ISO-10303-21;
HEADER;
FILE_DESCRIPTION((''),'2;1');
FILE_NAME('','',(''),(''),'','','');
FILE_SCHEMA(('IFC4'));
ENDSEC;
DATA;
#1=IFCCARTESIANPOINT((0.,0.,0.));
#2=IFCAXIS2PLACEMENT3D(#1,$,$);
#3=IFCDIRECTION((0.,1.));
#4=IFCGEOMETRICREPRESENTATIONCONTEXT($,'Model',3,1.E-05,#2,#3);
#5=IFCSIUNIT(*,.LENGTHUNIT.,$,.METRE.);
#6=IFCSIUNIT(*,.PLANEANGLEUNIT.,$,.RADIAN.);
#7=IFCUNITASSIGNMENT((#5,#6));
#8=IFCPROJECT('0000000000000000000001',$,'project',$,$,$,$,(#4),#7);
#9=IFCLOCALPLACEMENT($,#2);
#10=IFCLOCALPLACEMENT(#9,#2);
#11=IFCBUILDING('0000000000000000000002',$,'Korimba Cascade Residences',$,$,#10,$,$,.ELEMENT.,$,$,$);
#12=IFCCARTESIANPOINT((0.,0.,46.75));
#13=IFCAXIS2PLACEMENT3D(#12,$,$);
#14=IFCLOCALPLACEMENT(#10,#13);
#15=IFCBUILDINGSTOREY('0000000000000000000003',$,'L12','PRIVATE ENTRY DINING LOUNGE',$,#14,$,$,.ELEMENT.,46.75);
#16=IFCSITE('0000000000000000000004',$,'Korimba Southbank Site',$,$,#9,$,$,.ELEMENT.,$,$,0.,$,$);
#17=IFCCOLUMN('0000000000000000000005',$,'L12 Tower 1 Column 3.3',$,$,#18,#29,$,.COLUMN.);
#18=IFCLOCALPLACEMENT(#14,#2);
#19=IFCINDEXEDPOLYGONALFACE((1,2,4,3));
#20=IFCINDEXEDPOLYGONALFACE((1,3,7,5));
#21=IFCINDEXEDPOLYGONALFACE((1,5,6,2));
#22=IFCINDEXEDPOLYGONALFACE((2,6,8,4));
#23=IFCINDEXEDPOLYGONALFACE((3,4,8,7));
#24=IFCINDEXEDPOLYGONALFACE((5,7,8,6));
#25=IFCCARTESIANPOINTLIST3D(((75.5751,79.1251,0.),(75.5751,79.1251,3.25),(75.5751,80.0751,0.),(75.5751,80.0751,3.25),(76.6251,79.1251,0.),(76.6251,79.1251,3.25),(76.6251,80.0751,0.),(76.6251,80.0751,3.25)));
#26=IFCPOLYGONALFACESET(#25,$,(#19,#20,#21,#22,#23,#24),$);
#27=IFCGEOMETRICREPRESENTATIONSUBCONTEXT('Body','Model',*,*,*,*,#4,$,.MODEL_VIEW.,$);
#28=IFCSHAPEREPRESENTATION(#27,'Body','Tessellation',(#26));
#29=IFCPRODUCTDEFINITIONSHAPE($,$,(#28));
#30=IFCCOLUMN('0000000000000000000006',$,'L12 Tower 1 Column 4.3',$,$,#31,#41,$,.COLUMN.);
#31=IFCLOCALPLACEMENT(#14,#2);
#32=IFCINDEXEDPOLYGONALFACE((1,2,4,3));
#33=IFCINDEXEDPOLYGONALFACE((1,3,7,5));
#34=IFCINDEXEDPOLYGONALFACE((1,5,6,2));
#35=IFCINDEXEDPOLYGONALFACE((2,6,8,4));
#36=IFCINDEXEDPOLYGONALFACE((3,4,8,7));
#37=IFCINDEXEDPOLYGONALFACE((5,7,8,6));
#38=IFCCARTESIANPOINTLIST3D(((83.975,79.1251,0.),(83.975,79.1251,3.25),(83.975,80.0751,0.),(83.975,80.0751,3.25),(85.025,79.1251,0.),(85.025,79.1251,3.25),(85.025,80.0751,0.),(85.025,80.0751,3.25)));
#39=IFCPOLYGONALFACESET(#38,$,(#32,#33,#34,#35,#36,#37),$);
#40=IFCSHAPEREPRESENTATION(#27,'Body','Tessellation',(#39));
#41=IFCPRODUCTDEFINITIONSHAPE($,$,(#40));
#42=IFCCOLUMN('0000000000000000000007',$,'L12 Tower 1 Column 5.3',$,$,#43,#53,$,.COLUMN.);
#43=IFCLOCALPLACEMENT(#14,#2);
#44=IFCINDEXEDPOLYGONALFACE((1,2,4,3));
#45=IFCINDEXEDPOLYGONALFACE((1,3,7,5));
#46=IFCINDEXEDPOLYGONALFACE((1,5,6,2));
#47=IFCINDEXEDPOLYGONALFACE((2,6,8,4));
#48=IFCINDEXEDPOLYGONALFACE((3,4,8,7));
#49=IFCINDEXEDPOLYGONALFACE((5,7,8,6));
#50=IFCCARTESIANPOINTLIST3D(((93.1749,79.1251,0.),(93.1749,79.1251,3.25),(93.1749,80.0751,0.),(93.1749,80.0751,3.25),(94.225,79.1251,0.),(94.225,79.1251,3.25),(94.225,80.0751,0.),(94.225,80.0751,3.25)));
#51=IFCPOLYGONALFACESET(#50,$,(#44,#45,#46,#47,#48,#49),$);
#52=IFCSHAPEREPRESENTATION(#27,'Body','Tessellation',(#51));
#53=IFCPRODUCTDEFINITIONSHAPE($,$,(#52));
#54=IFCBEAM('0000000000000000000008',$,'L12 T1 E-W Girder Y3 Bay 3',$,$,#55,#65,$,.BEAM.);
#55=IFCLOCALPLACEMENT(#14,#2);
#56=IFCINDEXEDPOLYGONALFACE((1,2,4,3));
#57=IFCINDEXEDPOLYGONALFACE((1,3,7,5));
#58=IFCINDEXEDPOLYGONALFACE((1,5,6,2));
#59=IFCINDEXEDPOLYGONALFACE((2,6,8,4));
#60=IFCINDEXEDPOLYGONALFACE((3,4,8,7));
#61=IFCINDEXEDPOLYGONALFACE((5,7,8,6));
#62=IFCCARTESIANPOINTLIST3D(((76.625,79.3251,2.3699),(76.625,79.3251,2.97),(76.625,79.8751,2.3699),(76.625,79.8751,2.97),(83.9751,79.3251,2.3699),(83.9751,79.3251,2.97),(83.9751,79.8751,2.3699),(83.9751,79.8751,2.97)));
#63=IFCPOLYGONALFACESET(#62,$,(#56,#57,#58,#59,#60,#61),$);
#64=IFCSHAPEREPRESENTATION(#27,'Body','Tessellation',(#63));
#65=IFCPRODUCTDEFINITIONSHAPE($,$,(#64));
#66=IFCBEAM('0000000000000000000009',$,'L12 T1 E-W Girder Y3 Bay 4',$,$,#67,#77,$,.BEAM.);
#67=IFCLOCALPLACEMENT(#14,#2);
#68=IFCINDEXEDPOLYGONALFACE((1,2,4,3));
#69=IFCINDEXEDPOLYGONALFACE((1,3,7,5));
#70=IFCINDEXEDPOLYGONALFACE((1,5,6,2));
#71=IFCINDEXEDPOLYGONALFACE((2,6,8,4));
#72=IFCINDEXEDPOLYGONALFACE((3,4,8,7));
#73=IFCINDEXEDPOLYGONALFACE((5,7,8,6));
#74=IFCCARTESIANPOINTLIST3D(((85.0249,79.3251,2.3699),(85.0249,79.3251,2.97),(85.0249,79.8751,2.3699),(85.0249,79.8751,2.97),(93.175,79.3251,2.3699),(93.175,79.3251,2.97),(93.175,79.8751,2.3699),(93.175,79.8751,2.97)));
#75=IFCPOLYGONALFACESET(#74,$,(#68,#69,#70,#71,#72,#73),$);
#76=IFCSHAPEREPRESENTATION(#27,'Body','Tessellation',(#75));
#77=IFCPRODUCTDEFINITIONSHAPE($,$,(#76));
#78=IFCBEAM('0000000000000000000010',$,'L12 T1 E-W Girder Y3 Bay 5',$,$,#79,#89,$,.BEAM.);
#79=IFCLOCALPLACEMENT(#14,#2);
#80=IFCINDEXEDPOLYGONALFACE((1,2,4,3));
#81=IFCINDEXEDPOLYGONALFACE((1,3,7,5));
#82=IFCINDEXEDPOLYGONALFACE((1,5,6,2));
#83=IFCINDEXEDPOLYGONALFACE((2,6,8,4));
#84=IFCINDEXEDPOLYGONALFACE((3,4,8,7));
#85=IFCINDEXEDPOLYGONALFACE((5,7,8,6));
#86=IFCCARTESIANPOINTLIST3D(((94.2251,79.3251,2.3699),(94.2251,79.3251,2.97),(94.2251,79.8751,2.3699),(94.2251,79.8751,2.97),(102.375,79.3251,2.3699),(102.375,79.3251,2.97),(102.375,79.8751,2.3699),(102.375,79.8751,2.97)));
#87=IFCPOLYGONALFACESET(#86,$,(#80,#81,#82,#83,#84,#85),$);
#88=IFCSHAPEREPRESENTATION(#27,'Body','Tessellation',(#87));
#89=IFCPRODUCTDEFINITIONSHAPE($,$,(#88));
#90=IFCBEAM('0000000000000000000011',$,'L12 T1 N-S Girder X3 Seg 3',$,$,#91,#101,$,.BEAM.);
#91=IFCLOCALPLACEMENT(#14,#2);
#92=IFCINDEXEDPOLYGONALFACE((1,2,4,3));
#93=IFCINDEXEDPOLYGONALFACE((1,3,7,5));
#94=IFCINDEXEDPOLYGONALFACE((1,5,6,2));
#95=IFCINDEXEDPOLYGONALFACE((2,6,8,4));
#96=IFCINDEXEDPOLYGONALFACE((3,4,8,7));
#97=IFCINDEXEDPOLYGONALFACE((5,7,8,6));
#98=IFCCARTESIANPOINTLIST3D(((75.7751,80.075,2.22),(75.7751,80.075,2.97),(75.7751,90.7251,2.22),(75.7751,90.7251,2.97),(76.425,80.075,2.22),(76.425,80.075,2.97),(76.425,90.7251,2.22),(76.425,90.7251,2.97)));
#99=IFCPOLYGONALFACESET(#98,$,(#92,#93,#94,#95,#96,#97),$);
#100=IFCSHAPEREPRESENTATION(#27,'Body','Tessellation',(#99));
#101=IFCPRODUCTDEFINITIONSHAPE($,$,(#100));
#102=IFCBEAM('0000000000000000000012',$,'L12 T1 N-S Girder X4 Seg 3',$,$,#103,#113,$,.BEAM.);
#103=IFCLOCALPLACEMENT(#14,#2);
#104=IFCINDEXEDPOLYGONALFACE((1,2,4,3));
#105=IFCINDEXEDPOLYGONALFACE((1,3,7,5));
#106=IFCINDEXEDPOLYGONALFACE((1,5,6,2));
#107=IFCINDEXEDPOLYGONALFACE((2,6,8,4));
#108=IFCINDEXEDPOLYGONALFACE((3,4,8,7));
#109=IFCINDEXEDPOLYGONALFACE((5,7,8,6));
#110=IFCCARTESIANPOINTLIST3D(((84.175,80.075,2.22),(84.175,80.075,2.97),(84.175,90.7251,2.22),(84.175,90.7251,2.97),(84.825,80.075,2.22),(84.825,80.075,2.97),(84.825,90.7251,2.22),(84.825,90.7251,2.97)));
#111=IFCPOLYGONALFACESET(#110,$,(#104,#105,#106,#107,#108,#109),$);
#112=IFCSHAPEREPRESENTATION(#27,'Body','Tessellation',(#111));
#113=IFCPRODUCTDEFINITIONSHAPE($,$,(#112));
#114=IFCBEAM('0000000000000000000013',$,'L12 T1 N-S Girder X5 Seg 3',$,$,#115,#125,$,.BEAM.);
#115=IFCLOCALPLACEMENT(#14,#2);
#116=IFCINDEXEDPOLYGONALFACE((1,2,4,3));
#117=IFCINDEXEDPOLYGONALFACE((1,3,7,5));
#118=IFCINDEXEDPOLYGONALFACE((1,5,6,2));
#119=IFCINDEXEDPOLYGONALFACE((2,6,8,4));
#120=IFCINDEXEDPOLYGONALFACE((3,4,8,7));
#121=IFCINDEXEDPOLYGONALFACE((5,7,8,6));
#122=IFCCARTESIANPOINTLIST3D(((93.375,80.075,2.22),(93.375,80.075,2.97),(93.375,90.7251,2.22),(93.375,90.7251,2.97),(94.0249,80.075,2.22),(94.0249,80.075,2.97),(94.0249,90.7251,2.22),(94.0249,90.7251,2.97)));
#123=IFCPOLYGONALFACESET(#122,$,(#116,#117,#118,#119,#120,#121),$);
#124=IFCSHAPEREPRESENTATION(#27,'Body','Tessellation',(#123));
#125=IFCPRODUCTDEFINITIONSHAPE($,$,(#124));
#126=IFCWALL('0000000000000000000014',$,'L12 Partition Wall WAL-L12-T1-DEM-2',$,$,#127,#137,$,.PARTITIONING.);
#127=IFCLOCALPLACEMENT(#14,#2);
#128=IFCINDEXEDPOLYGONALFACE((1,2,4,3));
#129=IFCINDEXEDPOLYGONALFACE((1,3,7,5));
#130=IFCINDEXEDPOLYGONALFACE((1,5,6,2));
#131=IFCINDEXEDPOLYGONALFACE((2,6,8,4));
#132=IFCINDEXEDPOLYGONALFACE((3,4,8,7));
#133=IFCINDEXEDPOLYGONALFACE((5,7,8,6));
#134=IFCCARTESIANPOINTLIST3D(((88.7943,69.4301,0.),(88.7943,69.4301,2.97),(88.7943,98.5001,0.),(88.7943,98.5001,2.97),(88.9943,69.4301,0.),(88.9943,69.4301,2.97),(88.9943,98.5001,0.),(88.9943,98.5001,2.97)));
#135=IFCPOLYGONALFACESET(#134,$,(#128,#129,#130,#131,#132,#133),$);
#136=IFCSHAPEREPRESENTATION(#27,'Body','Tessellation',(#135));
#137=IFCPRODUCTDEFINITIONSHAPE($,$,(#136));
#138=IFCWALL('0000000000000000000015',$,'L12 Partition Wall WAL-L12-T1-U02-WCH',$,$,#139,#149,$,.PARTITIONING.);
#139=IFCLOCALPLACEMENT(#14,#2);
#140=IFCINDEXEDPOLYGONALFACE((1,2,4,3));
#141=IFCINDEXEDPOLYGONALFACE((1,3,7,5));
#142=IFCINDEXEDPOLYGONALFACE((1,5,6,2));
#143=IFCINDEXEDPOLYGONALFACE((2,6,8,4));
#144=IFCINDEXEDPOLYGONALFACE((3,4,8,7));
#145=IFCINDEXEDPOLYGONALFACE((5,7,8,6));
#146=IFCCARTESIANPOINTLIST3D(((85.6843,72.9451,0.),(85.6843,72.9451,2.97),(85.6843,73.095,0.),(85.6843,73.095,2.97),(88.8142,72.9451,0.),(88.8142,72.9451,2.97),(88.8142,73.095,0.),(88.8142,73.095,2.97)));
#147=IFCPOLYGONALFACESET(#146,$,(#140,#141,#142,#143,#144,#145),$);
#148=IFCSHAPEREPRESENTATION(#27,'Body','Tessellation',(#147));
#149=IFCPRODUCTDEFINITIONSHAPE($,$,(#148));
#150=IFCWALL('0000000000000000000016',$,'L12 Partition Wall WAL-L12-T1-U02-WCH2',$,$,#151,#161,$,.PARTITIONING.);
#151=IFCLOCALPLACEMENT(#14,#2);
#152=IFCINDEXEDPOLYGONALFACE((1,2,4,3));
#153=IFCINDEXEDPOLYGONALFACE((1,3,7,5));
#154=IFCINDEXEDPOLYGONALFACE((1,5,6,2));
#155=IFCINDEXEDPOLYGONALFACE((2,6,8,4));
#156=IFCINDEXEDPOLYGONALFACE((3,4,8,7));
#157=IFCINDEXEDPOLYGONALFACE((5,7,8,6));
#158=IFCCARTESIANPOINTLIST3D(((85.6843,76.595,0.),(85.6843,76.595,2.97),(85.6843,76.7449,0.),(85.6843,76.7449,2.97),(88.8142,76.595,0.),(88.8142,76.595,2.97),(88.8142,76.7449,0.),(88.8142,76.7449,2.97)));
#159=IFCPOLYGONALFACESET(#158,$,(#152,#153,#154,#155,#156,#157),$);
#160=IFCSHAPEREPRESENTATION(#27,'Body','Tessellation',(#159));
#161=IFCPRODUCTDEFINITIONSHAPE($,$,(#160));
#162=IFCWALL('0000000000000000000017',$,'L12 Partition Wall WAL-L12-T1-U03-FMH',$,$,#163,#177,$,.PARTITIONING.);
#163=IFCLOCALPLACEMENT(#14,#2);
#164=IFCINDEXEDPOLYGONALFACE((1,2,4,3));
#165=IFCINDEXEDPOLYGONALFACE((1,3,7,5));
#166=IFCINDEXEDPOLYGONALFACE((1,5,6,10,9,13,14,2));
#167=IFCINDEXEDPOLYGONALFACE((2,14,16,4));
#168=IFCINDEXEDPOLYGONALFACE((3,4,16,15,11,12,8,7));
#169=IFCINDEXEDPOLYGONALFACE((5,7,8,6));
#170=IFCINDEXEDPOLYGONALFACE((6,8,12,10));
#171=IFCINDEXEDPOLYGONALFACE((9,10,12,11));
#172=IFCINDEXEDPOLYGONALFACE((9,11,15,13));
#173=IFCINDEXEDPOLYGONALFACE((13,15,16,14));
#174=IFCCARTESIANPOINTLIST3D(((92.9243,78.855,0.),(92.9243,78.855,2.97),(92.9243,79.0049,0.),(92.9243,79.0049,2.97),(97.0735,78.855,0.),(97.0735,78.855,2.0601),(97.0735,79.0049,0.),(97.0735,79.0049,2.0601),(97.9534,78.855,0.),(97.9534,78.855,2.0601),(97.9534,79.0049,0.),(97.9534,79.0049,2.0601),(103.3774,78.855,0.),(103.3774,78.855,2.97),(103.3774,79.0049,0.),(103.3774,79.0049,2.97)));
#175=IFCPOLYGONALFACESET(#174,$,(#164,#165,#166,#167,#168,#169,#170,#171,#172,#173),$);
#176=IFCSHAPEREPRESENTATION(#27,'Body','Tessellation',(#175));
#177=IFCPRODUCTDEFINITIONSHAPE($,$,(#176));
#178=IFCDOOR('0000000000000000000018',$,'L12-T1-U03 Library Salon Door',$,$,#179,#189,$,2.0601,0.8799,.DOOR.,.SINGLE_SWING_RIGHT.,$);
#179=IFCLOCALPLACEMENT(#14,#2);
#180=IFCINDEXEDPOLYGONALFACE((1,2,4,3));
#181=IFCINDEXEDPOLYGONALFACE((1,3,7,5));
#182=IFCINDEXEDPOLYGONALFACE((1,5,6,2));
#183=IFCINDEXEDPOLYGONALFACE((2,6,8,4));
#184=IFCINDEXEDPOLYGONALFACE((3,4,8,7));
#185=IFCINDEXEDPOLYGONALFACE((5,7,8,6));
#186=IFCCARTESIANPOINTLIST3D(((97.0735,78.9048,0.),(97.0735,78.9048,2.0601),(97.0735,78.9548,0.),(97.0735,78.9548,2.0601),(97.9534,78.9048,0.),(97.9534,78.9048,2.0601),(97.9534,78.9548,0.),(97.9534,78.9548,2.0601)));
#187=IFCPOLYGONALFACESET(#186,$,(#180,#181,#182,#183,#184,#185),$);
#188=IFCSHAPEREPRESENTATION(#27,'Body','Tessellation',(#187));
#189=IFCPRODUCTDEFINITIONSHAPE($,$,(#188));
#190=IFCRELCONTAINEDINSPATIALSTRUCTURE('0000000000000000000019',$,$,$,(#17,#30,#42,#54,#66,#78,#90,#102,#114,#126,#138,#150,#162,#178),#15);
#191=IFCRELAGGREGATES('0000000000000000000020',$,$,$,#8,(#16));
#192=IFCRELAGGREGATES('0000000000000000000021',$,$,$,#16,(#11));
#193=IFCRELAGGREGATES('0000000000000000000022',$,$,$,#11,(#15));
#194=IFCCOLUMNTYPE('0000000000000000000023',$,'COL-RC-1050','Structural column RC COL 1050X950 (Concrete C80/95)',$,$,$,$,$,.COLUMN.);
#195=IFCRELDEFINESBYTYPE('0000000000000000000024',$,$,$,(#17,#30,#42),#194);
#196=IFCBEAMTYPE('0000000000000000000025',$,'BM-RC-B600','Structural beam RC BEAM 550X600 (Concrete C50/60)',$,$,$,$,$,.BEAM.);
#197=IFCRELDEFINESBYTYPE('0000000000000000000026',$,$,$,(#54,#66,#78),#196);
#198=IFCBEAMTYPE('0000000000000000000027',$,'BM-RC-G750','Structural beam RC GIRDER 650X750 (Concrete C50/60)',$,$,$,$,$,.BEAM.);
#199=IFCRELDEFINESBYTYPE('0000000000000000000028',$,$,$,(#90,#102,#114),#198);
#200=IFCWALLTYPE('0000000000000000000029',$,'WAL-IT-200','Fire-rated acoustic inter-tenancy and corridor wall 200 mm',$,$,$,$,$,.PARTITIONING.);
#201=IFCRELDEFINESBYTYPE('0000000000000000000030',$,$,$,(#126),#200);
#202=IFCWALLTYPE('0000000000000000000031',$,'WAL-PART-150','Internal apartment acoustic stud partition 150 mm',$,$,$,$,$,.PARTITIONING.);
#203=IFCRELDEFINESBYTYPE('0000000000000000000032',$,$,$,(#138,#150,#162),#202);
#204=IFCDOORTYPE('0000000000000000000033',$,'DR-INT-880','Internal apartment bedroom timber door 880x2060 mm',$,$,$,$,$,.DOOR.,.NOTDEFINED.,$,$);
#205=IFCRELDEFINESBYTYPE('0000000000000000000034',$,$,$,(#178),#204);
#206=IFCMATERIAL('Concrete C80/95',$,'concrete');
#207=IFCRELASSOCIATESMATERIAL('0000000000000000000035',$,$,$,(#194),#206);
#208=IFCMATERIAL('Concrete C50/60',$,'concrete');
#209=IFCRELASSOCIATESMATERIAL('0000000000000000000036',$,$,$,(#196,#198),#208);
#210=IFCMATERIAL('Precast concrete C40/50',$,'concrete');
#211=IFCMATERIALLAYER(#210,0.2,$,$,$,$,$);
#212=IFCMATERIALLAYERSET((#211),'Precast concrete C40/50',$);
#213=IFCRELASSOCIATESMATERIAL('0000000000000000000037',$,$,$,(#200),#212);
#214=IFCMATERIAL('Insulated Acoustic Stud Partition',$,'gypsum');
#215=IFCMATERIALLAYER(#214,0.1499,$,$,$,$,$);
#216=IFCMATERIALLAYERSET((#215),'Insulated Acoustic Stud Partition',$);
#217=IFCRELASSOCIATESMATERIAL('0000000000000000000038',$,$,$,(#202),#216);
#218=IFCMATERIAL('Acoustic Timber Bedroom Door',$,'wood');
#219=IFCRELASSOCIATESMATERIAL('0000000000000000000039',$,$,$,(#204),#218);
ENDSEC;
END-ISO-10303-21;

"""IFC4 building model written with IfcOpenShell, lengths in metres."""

from ifc_helpers import new_model, si_unit, direction, frame, frame_2d, origin, origin_2d, place, context, subcontext, project, spatial, rectangle, extrude, material, layer, layer_set, material_profile, profile_set, type_object, element, fill, save


model = new_model("IFC4")

# Units and contexts
model_context = context("Model", 3, precision=1e-05, world=origin(), true_north=direction((0.0, 1.0)))
body_context = subcontext(model_context, "Body", "Model", "MODEL_VIEW")
ifc_project = project(units=[si_unit("LENGTHUNIT", "METRE"), si_unit("PLANEANGLEUNIT", "RADIAN")], contexts=[model_context])

# Site, building, storey
site_placement = place(None, origin())
site = spatial("IfcSite", under=ifc_project, at=site_placement, Name="Korimba Southbank Site", CompositionType="ELEMENT", RefElevation=0.0)
building_placement = place(site_placement, origin())
building = spatial("IfcBuilding", under=site, at=building_placement, Name="Korimba Cascade Residences", CompositionType="ELEMENT")
storey_placement = place(building_placement, frame((0.0, 0.0, 46.75)))
storey = spatial("IfcBuildingStorey", under=building, at=storey_placement, Name="L12", Description="PRIVATE ENTRY DINING LOUNGE", CompositionType="ELEMENT", Elevation=46.75)

# Columns
ifc_material_1 = material(Name="Concrete C80/95", Category="concrete")
ifc_material_profile_1 = material_profile(ifc_material_1, rectangle(XDim=1.05, YDim=0.95, at=origin_2d()), Name="Concrete C80/95")
ifc_profile_set_1 = profile_set([ifc_material_profile_1], Name="Concrete C80/95")
column_type = type_object("IfcColumnType", Name="COL-RC-1050", Description="Structural column RC COL 1050X950 (Concrete C80/95)", PredefinedType="COLUMN", material=ifc_profile_set_1)
for number, where, z_axis, x_axis, name in (
    (1, (76.1001, 79.6001, 0.0), (0.0, 0.0, 1.0), (1.0, 0.0, 0.0), "L12 Tower 1 Column 3.3"),
    (2, (84.5, 79.6001, 0.0), (0.0, 0.0, 1.0), (1.0, 0.0, 0.0), "L12 Tower 1 Column 4.3"),
    (3, (93.7, 79.6001, 0.0), (0.0, 0.0, 1.0), (1.0, 0.0, 0.0), "L12 Tower 1 Column 5.3"),
):
    element("IfcColumn", number, at=place(storey_placement, frame(where, z_axis=z_axis, x_axis=x_axis)), inside=storey, type_object=column_type, Name=name, PredefinedType="COLUMN", context=body_context, shape_type="SweptSolid", body=[
        extrude(rectangle(XDim=1.05, YDim=0.95, at=origin_2d()), origin(), (0.0, 0.0, 1.0), 3.25),
    ])

# Beams
ifc_material_2 = material(Name="Concrete C50/60", Category="concrete")
ifc_material_profile_2 = material_profile(ifc_material_2, rectangle(XDim=0.55, YDim=0.6001, at=origin_2d()), Name="Concrete C50/60")
ifc_profile_set_2 = profile_set([ifc_material_profile_2], Name="Concrete C50/60")
beam_type_1 = type_object("IfcBeamType", Name="BM-RC-B600", Description="Structural beam RC BEAM 550X600 (Concrete C50/60)", PredefinedType="BEAM", material=ifc_profile_set_2)
beam_1_placement = place(storey_placement, frame((76.625, 79.6001, 2.6699), z_axis=(1.0, 0.0, 0.0), x_axis=(0.0, 1.0, 0.0)))
element("IfcBeam", 4, at=beam_1_placement, inside=storey, type_object=beam_type_1, Name="L12 T1 E-W Girder Y3 Bay 3", PredefinedType="BEAM", context=body_context, shape_type="SweptSolid", body=[
    extrude(rectangle(XDim=0.55, YDim=0.6001, at=origin_2d()), origin(), (0.0, 0.0, 1.0), 7.3501),
])
beam_2_placement = place(storey_placement, frame((85.0249, 79.6001, 2.6699), z_axis=(1.0, 0.0, 0.0), x_axis=(0.0, 1.0, 0.0)))
element("IfcBeam", 5, at=beam_2_placement, inside=storey, type_object=beam_type_1, Name="L12 T1 E-W Girder Y3 Bay 4", PredefinedType="BEAM", context=body_context, shape_type="SweptSolid", body=[
    extrude(rectangle(XDim=0.55, YDim=0.6001, at=origin_2d()), origin(), (0.0, 0.0, 1.0), 8.1501),
])
beam_3_placement = place(storey_placement, frame((94.2251, 79.6001, 2.6699), z_axis=(1.0, 0.0, 0.0), x_axis=(0.0, 1.0, 0.0)))
element("IfcBeam", 6, at=beam_3_placement, inside=storey, type_object=beam_type_1, Name="L12 T1 E-W Girder Y3 Bay 5", PredefinedType="BEAM", context=body_context, shape_type="SweptSolid", body=[
    extrude(rectangle(XDim=0.55, YDim=0.6001, at=origin_2d()), origin(), (0.0, 0.0, 1.0), 8.1499),
])
ifc_material_profile_3 = material_profile(ifc_material_2, rectangle(XDim=0.6499, YDim=0.75, at=origin_2d()), Name="Concrete C50/60")
ifc_profile_set_3 = profile_set([ifc_material_profile_3], Name="Concrete C50/60")
beam_type_2 = type_object("IfcBeamType", Name="BM-RC-G750", Description="Structural beam RC GIRDER 650X750 (Concrete C50/60)", PredefinedType="BEAM", material=ifc_profile_set_3)
for number, where, z_axis, x_axis, name in (
    (7, (76.1001, 80.075, 2.595), (0.0, 1.0, 0.0), (-1.0, 0.0, 0.0), "L12 T1 N-S Girder X3 Seg 3"),
    (8, (84.5, 80.075, 2.595), (0.0, 1.0, 0.0), (-1.0, 0.0, 0.0), "L12 T1 N-S Girder X4 Seg 3"),
    (9, (93.7, 80.075, 2.595), (0.0, 1.0, 0.0), (-1.0, 0.0, 0.0), "L12 T1 N-S Girder X5 Seg 3"),
):
    element("IfcBeam", number, at=place(storey_placement, frame(where, z_axis=z_axis, x_axis=x_axis)), inside=storey, type_object=beam_type_2, Name=name, PredefinedType="BEAM", context=body_context, shape_type="SweptSolid", body=[
        extrude(rectangle(XDim=0.6499, YDim=0.75, at=origin_2d()), origin(), (0.0, 0.0, 1.0), 10.6501),
    ])

# Walls
ifc_material_3 = material(Name="Precast concrete C40/50", Category="concrete")
ifc_layer_1 = layer(ifc_material_3, 0.2)
ifc_layer_set_1 = layer_set([ifc_layer_1], Name="Precast concrete C40/50")
wall_type_1 = type_object("IfcWallType", Name="WAL-IT-200", Description="Fire-rated acoustic inter-tenancy and corridor wall 200 mm", PredefinedType="PARTITIONING", material=ifc_layer_set_1)
wall_1_placement = place(storey_placement, frame((88.8943, 69.4299, 0.0), z_axis=(0.0, 0.0, 1.0), x_axis=(0.0, 1.0, 0.0)))
element("IfcWall", 10, at=wall_1_placement, inside=storey, type_object=wall_type_1, Name="L12 Partition Wall WAL-L12-T1-DEM-2", PredefinedType="PARTITIONING", context=body_context, shape_type="SweptSolid", body=[
    extrude(rectangle(XDim=29.0701, YDim=0.2, at=frame_2d((14.5352, 0.0))), origin(), (0.0, 0.0, 1.0), 2.97),
])
ifc_material_4 = material(Name="Insulated Acoustic Stud Partition", Category="gypsum")
ifc_layer_2 = layer(ifc_material_4, 0.1499)
ifc_layer_set_2 = layer_set([ifc_layer_2], Name="Insulated Acoustic Stud Partition")
wall_type_2 = type_object("IfcWallType", Name="WAL-PART-150", Description="Internal apartment acoustic stud partition 150 mm", PredefinedType="PARTITIONING", material=ifc_layer_set_2)
for number, where, z_axis, x_axis, name in (
    (11, (85.6843, 73.02, 0.0), (0.0, 0.0, 1.0), (1.0, 0.0, 0.0), "L12 Partition Wall WAL-L12-T1-U02-WCH"),
    (12, (85.6843, 76.6699, 0.0), (0.0, 0.0, 1.0), (1.0, 0.0, 0.0), "L12 Partition Wall WAL-L12-T1-U02-WCH2"),
):
    element("IfcWall", number, at=place(storey_placement, frame(where, z_axis=z_axis, x_axis=x_axis)), inside=storey, type_object=wall_type_2, Name=name, PredefinedType="PARTITIONING", context=body_context, shape_type="SweptSolid", body=[
        extrude(rectangle(XDim=3.1299, YDim=0.1499, at=frame_2d((1.5649, 0.0))), origin(), (0.0, 0.0, 1.0), 2.97),
    ])

# Wall, opening, door
wall_2_placement = place(storey_placement, frame((92.9243, 78.9299, 0.0), z_axis=(0.0, 0.0, 1.0), x_axis=(1.0, 0.0, 0.0)))
wall_2 = element("IfcWall", 13, at=wall_2_placement, inside=storey, type_object=wall_type_2, Name="L12 Partition Wall WAL-L12-T1-U03-FMH", PredefinedType="PARTITIONING", context=body_context, shape_type="SweptSolid", body=[
    extrude(rectangle(XDim=10.4531, YDim=0.1499, at=frame_2d((5.2266, 0.0))), origin(), (0.0, 0.0, 1.0), 2.97),
])
opening_1_placement = place(wall_2_placement, frame((4.1492, 0.0, 0.0)))
opening_1 = element("IfcOpeningElement", 14, at=opening_1_placement, cuts=wall_2, PredefinedType="OPENING", context=body_context, shape_type="SweptSolid", body=[
    extrude(rectangle(XDim=0.8799, YDim=2.0601, at=frame_2d((0.4399, 1.03))), frame((0.0, 0.085, 0.0), z_axis=(0.0, -1.0, 0.0), x_axis=(1.0, 0.0, 0.0)), (0.0, 0.0, 1.0), 0.1699),
])
ifc_material_5 = material(Name="Acoustic Timber Bedroom Door", Category="wood")
door_type_1 = type_object("IfcDoorType", Name="DR-INT-880", Description="Internal apartment bedroom timber door 880x2060 mm", OperationType="NOTDEFINED", PredefinedType="DOOR", material=ifc_material_5)
door_1_placement = place(opening_1_placement, origin())
door_1 = element("IfcDoor", 15, at=door_1_placement, inside=storey, type_object=door_type_1, Name="L12-T1-U03 Library Salon Door", OperationType="SINGLE_SWING_RIGHT", OverallHeight=2.0601, OverallWidth=0.8799, PredefinedType="DOOR", context=body_context, shape_type="SweptSolid", body=[
    extrude(rectangle(XDim=0.8799, YDim=2.0601, at=frame_2d((0.4399, 1.03))), frame((0.0, 0.0249, 0.0), z_axis=(0.0, -1.0, 0.0), x_axis=(1.0, 0.0, 0.0)), (0.0, 0.0, 1.0), 0.05),
])
fill(opening_1, door_1)

save(model, "model.ifc")
